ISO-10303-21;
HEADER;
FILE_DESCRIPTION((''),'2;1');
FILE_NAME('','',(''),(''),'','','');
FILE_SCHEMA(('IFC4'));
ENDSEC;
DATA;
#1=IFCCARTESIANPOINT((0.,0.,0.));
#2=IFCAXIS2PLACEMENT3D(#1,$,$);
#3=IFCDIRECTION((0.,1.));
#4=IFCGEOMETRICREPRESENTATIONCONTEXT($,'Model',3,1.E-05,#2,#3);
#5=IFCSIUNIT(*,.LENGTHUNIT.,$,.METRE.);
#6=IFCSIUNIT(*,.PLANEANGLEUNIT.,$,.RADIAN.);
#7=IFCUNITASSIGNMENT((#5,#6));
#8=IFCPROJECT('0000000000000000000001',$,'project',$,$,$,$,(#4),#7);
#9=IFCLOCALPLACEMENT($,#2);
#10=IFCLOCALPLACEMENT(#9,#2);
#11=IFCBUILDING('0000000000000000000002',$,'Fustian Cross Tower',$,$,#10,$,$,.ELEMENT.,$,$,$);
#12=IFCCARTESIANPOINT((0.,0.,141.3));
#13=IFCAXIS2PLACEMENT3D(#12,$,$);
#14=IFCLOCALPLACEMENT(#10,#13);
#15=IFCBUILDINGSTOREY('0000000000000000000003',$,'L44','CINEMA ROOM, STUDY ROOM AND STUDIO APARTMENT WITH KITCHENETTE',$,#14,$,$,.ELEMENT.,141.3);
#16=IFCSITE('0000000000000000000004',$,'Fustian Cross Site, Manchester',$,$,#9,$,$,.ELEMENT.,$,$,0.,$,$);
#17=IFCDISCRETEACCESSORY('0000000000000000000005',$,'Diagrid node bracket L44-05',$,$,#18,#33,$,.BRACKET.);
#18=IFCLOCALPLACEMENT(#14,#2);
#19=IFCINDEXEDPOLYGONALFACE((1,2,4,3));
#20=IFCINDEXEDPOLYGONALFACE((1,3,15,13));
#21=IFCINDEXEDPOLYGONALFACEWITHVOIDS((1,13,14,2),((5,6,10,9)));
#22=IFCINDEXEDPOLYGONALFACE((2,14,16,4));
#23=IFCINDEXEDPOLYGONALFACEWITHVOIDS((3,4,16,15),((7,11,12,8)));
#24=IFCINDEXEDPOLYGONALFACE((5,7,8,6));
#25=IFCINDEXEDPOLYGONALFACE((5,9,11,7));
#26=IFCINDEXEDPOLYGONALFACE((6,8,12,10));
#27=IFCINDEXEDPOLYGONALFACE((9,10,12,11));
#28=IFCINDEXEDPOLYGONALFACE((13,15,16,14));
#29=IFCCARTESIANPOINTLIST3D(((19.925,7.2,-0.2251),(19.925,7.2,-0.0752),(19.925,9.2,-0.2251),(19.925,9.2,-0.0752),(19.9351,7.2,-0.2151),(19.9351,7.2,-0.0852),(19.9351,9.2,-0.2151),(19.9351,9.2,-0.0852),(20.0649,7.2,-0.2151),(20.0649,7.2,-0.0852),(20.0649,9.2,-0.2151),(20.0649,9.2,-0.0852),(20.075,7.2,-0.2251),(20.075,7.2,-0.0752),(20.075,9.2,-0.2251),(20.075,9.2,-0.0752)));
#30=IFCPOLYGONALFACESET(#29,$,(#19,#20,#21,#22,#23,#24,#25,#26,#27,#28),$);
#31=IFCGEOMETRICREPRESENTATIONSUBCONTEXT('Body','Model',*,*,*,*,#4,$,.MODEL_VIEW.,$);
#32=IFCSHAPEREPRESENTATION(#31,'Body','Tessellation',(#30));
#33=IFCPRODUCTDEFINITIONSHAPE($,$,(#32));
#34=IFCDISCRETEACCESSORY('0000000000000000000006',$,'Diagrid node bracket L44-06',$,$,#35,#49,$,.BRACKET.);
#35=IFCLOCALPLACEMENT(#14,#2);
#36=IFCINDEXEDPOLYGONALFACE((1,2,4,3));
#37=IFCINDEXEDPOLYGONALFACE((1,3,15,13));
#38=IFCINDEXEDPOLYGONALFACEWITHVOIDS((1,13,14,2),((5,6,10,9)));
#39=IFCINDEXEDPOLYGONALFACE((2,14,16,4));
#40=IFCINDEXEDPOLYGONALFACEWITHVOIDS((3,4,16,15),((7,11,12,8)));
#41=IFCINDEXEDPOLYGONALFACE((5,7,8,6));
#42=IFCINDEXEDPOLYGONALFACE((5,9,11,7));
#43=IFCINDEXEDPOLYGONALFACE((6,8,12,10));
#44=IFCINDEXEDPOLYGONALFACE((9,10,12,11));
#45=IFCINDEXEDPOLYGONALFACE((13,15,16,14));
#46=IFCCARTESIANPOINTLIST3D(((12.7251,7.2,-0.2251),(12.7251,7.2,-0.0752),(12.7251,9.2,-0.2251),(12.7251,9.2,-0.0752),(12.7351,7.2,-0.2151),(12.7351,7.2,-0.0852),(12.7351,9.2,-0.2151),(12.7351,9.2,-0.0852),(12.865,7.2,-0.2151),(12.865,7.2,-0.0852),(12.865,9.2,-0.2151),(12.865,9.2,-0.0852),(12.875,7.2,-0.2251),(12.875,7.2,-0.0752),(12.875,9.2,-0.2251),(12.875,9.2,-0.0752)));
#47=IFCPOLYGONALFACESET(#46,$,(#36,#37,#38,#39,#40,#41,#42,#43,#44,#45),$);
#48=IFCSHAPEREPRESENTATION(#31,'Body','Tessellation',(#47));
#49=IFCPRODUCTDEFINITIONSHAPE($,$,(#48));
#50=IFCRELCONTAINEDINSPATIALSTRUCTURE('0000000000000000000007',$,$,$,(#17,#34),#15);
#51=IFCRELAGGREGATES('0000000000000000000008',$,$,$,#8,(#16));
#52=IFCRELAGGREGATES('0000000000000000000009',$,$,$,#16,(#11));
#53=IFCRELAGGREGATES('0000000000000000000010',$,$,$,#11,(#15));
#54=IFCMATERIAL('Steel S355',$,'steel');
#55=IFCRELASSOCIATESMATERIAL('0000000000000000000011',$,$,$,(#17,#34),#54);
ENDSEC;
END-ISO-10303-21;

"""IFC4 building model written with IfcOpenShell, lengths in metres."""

from ifc_helpers import new_model, si_unit, direction, frame, origin, origin_2d, place, context, subcontext, project, spatial, hollow_rectangle, extrude, material, element, save


model = new_model("IFC4")

# Units and contexts
model_context = context("Model", 3, precision=1e-05, world=origin(), true_north=direction((0.0, 1.0)))
body_context = subcontext(model_context, "Body", "Model", "MODEL_VIEW")
ifc_project = project(units=[si_unit("LENGTHUNIT", "METRE"), si_unit("PLANEANGLEUNIT", "RADIAN")], contexts=[model_context])

# Site, building, storey
site_placement = place(None, origin())
site = spatial("IfcSite", under=ifc_project, at=site_placement, Name="Fustian Cross Site, Manchester", CompositionType="ELEMENT", RefElevation=0.0)
building_placement = place(site_placement, origin())
building = spatial("IfcBuilding", under=site, at=building_placement, Name="Fustian Cross Tower", CompositionType="ELEMENT")
storey_placement = place(building_placement, frame((0.0, 0.0, 141.3)))
storey = spatial("IfcBuildingStorey", under=building, at=storey_placement, Name="L44", Description="CINEMA ROOM, STUDY ROOM AND STUDIO APARTMENT WITH KITCHENETTE", CompositionType="ELEMENT", Elevation=141.3)

# Discrete accessories
ifc_material_1 = material(Name="Steel S355", Category="steel")
for number, where, z_axis, x_axis, name in (
    (1, (20.0, 9.2, -0.1501), (0.0, -1.0, 0.0), (1.0, 0.0, 0.0), "Diagrid node bracket L44-05"),
    (2, (12.8, 9.2, -0.1501), (0.0, -1.0, 0.0), (1.0, 0.0, 0.0), "Diagrid node bracket L44-06"),
):
    element("IfcDiscreteAccessory", number, at=place(storey_placement, frame(where, z_axis=z_axis, x_axis=x_axis)), inside=storey, material=ifc_material_1, Name=name, PredefinedType="BRACKET", context=body_context, shape_type="SweptSolid", body=[
        extrude(hollow_rectangle(XDim=0.1499, YDim=0.1499, WallThickness=0.01, at=origin_2d()), origin(), (0.0, 0.0, 1.0), 2.0),
    ])

save(model, "model.ifc")
